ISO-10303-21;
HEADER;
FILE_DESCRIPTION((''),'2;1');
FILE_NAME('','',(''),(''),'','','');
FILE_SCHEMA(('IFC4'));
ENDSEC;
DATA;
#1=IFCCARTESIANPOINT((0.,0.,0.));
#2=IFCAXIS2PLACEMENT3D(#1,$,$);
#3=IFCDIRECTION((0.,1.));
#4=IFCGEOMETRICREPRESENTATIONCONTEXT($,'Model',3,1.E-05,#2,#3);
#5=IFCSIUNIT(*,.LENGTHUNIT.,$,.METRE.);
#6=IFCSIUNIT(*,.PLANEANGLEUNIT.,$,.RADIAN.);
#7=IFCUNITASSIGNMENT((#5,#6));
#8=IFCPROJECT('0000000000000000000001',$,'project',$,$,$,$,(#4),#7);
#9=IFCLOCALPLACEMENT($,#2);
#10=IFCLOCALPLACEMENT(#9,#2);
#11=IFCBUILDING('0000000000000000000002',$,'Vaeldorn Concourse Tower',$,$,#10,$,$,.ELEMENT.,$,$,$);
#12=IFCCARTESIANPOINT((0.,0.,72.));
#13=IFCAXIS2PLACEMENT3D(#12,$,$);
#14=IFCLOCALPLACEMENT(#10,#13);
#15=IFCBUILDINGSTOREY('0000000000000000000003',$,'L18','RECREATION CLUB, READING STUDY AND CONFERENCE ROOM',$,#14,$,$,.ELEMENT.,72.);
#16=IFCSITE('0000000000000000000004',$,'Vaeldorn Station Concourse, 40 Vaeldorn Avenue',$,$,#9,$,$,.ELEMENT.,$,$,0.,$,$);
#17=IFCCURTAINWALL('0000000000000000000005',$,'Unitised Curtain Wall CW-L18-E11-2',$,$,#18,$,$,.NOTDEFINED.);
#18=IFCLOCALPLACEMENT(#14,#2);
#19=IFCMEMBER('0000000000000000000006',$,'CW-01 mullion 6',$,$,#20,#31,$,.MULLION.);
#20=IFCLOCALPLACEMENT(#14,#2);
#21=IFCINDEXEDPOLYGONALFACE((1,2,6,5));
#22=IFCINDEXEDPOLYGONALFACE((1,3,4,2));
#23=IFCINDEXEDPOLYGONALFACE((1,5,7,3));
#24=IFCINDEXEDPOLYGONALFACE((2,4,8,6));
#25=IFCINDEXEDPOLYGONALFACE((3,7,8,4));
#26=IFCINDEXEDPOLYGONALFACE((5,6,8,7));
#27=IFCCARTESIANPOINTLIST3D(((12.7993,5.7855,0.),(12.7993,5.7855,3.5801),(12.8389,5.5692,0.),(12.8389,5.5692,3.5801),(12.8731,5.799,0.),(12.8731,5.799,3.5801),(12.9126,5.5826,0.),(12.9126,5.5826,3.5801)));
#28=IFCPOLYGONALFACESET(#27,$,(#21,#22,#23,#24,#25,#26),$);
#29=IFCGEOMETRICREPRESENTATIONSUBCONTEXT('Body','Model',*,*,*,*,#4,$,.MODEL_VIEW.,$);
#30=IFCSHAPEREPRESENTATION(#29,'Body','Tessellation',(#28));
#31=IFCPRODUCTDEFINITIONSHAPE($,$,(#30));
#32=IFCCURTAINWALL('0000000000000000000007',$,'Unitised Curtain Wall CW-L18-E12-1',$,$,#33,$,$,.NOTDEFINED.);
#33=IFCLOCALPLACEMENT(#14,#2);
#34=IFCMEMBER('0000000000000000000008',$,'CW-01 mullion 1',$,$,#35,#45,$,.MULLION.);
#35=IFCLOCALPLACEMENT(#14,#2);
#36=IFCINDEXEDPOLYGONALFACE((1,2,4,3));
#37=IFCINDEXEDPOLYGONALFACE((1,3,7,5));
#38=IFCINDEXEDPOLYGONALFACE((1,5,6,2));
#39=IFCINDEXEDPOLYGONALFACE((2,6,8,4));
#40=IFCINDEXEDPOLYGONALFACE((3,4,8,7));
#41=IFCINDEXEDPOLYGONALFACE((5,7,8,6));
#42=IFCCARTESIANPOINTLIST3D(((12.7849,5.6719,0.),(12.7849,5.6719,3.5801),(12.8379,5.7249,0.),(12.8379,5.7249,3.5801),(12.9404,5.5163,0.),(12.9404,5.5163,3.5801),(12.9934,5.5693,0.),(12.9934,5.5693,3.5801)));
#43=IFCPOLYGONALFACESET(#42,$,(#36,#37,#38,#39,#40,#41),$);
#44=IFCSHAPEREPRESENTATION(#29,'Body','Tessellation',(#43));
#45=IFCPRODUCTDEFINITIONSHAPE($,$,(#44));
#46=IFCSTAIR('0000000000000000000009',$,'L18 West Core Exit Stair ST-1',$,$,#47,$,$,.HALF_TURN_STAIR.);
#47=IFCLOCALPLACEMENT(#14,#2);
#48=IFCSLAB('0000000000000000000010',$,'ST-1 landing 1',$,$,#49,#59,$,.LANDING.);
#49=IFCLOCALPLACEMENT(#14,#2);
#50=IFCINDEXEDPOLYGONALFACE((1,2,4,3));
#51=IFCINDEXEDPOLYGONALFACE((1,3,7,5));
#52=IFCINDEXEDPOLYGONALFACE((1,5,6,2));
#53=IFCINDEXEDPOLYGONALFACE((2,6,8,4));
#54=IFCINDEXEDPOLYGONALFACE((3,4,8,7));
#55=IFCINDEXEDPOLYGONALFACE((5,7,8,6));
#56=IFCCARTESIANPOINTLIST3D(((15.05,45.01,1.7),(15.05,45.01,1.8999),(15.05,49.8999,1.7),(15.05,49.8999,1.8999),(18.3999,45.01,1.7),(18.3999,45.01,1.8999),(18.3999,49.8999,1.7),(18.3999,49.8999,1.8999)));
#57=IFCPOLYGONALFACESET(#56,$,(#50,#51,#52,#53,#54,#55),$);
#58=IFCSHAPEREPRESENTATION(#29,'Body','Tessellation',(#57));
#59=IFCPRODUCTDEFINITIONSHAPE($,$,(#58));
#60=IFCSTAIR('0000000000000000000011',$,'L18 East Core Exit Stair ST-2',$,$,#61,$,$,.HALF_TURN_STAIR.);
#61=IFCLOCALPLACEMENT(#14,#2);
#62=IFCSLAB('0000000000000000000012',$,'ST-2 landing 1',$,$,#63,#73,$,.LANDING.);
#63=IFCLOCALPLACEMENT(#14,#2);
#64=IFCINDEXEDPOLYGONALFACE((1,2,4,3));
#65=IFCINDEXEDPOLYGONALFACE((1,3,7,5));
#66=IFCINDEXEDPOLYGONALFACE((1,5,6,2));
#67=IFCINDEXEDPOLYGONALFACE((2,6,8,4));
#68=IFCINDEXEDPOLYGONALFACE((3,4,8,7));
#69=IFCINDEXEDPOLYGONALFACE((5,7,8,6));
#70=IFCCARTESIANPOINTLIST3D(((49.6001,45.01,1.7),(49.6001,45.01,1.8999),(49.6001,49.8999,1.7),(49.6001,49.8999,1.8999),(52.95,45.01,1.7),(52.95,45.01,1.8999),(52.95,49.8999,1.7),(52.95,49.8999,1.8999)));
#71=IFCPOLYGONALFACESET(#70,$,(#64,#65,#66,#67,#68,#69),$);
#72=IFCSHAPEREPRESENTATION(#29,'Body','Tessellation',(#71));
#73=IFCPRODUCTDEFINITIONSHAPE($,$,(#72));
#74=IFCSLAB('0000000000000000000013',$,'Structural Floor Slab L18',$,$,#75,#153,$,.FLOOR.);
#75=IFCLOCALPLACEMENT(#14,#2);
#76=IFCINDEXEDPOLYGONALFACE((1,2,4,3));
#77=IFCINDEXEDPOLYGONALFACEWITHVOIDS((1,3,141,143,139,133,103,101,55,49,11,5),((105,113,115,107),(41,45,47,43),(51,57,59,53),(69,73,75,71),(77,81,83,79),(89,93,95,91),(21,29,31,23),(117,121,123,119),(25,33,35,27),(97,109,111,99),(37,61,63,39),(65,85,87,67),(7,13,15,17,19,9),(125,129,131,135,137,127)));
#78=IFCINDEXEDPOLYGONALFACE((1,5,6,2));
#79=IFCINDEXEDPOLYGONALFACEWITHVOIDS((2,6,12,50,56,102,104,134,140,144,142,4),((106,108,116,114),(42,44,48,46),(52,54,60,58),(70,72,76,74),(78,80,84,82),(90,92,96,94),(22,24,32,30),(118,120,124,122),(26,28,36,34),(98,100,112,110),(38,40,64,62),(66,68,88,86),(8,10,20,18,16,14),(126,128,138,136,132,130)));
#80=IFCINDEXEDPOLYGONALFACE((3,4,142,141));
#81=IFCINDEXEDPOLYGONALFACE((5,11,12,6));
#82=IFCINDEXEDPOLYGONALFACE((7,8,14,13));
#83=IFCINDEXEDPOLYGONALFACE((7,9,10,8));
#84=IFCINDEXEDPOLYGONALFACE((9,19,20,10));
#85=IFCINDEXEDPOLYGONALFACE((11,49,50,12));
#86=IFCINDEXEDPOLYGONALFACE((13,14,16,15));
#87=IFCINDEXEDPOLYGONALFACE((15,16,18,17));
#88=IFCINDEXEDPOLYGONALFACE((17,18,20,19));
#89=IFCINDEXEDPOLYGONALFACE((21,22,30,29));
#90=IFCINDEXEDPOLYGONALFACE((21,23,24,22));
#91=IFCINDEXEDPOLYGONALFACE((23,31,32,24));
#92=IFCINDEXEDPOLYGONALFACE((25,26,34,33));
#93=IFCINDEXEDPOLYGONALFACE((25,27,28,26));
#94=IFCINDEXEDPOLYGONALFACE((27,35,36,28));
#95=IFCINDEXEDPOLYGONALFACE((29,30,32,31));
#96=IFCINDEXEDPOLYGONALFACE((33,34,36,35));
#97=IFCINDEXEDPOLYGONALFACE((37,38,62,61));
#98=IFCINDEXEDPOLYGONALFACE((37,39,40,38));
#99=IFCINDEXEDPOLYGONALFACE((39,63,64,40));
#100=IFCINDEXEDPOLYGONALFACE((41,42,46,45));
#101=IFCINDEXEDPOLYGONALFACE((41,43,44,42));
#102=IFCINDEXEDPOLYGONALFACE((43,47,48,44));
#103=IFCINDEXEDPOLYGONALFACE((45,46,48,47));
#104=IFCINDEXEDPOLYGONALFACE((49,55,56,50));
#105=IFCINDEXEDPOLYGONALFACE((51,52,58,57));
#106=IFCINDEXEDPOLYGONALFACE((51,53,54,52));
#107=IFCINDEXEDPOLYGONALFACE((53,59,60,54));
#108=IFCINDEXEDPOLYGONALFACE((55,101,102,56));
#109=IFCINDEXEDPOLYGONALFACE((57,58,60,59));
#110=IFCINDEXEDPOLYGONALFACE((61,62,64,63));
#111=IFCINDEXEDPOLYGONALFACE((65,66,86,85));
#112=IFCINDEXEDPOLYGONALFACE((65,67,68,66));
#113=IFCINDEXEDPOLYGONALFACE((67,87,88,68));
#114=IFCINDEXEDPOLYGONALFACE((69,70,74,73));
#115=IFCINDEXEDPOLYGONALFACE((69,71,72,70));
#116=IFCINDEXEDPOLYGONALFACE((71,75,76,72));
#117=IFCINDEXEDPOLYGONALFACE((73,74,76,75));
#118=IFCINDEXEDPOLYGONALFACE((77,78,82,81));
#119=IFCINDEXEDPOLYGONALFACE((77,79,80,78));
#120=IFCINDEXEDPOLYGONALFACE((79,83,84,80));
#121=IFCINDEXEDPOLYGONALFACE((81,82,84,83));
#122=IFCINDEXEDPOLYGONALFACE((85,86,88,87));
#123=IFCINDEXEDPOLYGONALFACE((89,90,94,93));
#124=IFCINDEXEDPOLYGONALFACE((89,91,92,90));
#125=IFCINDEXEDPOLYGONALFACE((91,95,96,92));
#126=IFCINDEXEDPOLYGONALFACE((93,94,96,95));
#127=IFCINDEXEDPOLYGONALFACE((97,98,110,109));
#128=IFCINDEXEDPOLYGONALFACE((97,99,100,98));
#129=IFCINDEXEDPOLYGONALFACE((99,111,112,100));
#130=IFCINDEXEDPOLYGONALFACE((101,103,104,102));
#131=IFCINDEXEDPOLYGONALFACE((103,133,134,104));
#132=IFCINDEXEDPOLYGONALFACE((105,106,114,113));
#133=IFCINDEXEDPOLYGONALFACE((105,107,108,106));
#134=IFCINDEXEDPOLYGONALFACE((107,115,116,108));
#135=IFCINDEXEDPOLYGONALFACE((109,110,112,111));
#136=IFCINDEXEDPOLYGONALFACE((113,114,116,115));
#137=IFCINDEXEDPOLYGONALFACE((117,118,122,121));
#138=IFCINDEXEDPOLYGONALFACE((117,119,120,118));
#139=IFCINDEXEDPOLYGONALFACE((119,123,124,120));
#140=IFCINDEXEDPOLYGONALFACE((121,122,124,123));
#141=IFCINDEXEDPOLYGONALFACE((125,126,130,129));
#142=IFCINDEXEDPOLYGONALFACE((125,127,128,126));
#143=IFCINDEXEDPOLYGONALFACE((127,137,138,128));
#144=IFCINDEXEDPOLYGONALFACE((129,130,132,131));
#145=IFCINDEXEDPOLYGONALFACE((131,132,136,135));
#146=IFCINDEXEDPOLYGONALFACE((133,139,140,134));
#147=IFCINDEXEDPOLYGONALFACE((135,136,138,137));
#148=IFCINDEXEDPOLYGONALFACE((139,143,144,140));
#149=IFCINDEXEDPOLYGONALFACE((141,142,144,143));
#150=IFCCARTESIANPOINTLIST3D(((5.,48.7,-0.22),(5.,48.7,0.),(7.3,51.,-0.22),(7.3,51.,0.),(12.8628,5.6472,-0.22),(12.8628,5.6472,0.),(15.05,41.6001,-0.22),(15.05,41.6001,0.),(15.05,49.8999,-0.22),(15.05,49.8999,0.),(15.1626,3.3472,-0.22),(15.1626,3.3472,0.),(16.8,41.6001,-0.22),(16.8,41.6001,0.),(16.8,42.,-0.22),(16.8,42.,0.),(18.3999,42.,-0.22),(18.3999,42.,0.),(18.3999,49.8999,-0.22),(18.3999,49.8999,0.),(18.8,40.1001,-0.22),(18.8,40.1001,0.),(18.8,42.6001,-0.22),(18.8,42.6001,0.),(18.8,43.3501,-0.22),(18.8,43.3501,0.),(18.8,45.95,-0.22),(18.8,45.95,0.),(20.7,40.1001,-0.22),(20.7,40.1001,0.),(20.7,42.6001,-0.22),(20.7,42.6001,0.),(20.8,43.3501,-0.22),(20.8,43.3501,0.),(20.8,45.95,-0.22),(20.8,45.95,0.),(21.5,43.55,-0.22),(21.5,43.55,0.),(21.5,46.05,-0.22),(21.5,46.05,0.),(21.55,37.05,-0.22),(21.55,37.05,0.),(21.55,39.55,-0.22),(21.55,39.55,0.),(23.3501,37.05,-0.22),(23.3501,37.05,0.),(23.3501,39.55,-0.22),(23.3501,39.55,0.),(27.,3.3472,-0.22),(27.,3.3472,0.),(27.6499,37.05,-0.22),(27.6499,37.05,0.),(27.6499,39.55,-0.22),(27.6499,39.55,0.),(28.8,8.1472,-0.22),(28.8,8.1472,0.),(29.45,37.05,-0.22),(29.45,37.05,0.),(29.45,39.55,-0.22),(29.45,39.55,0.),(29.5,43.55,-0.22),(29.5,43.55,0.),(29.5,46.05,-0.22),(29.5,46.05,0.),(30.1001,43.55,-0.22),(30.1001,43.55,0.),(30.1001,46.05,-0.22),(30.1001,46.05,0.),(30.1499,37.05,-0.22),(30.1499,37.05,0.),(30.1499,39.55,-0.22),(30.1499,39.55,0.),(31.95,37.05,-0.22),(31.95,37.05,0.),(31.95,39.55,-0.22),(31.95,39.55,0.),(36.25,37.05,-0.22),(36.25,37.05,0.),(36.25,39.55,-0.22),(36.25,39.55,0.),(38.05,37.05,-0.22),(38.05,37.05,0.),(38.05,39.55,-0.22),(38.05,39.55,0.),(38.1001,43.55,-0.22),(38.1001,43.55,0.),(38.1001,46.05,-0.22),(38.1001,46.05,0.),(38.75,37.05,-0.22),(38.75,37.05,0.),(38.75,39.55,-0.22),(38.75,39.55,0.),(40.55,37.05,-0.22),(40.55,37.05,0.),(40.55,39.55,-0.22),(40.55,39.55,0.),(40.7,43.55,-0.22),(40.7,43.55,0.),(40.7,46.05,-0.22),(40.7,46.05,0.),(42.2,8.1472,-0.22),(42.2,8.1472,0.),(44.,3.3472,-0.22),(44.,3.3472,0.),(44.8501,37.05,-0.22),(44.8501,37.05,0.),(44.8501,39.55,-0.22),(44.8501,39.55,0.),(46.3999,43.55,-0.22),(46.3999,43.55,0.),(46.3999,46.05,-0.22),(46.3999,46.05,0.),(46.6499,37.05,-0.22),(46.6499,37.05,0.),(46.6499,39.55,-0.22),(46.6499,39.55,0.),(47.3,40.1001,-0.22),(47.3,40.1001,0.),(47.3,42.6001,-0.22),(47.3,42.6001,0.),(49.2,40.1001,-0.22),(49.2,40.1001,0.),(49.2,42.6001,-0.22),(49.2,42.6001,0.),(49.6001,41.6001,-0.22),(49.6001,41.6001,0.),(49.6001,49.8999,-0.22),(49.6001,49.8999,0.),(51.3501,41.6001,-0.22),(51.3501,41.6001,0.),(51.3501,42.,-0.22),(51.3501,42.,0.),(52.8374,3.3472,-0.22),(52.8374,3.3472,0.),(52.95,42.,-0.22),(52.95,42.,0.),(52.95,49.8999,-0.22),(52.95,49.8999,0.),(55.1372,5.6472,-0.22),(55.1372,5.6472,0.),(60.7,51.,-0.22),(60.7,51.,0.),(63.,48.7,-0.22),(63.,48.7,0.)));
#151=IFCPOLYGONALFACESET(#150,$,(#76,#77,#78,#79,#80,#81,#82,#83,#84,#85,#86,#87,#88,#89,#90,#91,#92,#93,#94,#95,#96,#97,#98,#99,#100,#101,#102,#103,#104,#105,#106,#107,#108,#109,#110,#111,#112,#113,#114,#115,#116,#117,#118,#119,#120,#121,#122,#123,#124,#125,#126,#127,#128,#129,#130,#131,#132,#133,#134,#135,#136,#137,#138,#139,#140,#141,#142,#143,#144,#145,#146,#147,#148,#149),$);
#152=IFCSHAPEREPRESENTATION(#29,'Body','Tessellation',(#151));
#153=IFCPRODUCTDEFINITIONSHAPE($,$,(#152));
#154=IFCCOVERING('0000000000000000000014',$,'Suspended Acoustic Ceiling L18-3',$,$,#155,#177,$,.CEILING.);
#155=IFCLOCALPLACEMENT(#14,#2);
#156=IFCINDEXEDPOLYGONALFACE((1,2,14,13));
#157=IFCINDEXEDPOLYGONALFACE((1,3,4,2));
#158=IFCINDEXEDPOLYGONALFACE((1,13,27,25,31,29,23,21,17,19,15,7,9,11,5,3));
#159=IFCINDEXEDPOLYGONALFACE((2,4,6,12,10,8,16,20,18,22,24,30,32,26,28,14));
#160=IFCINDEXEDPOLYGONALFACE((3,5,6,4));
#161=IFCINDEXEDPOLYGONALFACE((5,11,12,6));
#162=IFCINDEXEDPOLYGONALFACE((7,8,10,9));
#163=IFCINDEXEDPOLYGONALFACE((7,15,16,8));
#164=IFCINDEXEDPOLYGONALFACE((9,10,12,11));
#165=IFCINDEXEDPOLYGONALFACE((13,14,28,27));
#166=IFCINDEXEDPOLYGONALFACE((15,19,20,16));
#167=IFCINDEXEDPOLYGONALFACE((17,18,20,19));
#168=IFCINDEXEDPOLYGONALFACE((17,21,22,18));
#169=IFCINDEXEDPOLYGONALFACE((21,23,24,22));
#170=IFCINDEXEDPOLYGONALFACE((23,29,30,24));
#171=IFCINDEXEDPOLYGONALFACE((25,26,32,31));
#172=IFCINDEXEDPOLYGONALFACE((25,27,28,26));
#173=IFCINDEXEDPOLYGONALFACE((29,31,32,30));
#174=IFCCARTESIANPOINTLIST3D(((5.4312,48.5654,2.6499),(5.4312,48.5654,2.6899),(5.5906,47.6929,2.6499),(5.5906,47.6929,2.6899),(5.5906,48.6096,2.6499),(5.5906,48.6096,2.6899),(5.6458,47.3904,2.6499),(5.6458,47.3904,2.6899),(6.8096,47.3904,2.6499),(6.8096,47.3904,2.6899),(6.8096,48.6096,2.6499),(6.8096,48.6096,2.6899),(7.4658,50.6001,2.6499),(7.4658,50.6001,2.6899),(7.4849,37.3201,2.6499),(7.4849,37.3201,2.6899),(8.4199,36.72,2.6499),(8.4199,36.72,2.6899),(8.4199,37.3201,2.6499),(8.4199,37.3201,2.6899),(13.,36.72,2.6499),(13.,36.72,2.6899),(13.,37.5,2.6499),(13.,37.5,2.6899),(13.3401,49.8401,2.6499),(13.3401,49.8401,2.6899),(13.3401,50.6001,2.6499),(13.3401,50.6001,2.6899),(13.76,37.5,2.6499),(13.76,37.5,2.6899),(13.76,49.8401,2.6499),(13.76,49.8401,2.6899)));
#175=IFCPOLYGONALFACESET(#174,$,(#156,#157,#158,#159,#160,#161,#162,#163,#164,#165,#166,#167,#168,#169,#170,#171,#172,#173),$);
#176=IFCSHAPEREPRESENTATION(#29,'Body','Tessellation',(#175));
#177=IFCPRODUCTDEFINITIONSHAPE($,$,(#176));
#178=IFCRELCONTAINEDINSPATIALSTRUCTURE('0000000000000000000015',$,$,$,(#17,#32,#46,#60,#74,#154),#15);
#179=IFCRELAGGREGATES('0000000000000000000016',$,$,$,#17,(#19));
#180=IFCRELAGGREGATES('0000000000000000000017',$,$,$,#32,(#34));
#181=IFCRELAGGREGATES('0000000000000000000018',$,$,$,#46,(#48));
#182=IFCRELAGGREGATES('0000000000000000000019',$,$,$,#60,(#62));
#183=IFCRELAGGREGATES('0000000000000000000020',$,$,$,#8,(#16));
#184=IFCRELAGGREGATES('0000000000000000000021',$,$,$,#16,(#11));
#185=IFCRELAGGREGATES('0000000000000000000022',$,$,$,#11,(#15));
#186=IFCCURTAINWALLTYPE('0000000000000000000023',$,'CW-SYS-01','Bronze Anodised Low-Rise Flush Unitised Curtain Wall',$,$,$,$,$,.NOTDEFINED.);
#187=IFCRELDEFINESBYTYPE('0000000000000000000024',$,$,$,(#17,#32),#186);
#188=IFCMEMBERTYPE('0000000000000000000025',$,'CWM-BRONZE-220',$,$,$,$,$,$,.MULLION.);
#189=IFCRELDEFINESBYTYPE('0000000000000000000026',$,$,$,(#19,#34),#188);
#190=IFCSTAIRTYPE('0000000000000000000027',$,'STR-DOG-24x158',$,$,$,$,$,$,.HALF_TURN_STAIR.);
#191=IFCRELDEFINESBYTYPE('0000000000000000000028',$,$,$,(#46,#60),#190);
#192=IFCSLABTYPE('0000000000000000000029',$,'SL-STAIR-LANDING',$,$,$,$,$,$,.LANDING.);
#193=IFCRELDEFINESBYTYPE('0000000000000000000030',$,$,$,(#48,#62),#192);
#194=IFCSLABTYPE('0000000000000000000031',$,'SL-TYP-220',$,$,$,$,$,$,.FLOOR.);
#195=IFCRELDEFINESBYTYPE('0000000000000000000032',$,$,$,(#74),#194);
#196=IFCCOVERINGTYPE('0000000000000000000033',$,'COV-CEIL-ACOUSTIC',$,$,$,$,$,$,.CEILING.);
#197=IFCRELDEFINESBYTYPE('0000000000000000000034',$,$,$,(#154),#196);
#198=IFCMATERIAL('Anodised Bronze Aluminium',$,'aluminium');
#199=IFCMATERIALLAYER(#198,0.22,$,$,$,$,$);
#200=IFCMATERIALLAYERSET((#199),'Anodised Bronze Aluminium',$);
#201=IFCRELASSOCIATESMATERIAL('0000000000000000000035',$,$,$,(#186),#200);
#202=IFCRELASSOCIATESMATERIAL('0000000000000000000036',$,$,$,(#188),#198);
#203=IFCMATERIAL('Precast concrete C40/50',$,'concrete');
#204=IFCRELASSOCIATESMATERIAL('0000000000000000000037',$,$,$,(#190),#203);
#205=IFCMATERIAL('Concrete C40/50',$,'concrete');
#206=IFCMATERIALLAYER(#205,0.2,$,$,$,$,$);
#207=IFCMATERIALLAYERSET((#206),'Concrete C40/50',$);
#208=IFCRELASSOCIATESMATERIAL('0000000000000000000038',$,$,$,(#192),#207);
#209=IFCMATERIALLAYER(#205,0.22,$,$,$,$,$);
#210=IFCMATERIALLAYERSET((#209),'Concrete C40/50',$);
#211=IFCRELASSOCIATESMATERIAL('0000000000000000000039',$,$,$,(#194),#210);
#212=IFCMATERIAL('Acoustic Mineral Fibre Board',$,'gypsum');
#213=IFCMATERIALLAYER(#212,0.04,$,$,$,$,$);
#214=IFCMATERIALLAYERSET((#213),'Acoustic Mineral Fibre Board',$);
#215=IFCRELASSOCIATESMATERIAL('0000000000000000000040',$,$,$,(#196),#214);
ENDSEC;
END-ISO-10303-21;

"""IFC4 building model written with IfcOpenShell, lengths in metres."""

from ifc_helpers import new_model, si_unit, direction, frame, origin, origin_2d, place, context, subcontext, project, spatial, polyline, rectangle, outline, extrude, source, transform, mapped, material, layer, layer_set, material_profile, profile_set, type_object, element, aggregate, save


model = new_model("IFC4")

# Units and contexts
model_context = context("Model", 3, precision=1e-05, world=origin(), true_north=direction((0.0, 1.0)))
body_context = subcontext(model_context, "Body", "Model", "MODEL_VIEW")
ifc_project = project(units=[si_unit("LENGTHUNIT", "METRE"), si_unit("PLANEANGLEUNIT", "RADIAN")], contexts=[model_context])

# Site, building, storey
site_placement = place(None, origin())
site = spatial("IfcSite", under=ifc_project, at=site_placement, Name="Vaeldorn Station Concourse, 40 Vaeldorn Avenue", CompositionType="ELEMENT", RefElevation=0.0)
building_placement = place(site_placement, origin())
building = spatial("IfcBuilding", under=site, at=building_placement, Name="Vaeldorn Concourse Tower", CompositionType="ELEMENT")
storey_placement = place(building_placement, frame((0.0, 0.0, 72.0)))
storey = spatial("IfcBuildingStorey", under=building, at=storey_placement, Name="L18", Description="RECREATION CLUB, READING STUDY AND CONFERENCE ROOM", CompositionType="ELEMENT", Elevation=72.0)

# Curtain walls, members
ifc_material_1 = material(Name="Anodised Bronze Aluminium", Category="aluminium")
ifc_layer_1 = layer(ifc_material_1, 0.22)
ifc_layer_set_1 = layer_set([ifc_layer_1], Name="Anodised Bronze Aluminium")
curtain_wall_type = type_object("IfcCurtainWallType", Name="CW-SYS-01", Description="Bronze Anodised Low-Rise Flush Unitised Curtain Wall", PredefinedType="NOTDEFINED", material=ifc_layer_set_1)
curtain_wall_1_placement = place(storey_placement, origin())
curtain_wall_1 = element("IfcCurtainWall", 1, at=curtain_wall_1_placement, inside=storey, type_object=curtain_wall_type, Name="Unitised Curtain Wall CW-L18-E11-2", PredefinedType="NOTDEFINED")
ifc_material_profile = material_profile(ifc_material_1, rectangle(XDim=0.075, YDim=0.22, at=origin_2d()), Name="CWM 75x220")
ifc_profile_set = profile_set([ifc_material_profile], Name="Anodised Bronze Aluminium")
member_type = type_object("IfcMemberType", Name="CWM-BRONZE-220", PredefinedType="MULLION", material=ifc_profile_set)
shared_shape = source(origin(), body_context, "Body", "SweptSolid", [
    extrude(rectangle(XDim=0.075, YDim=0.22, at=origin_2d()), origin(), (0.0, 0.0, 1.0), 3.5801),
])
member_1_placement = place(storey_placement, frame((12.856, 5.6841, 0.0), z_axis=(0.0, 0.0, 1.0), x_axis=(0.983729, 0.179658, 0.0)))
member_1 = element("IfcMember", 2, at=member_1_placement, type_object=member_type, Name="CW-01 mullion 6", PredefinedType="MULLION", context=body_context, shape_type="MappedRepresentation", body=[
    mapped(shared_shape, transform((0.0, 0.0, 0.0), scale=1.0)),
])
aggregate(curtain_wall_1, [member_1])
curtain_wall_2_placement = place(storey_placement, origin())
curtain_wall_2 = element("IfcCurtainWall", 3, at=curtain_wall_2_placement, inside=storey, type_object=curtain_wall_type, Name="Unitised Curtain Wall CW-L18-E12-1", PredefinedType="NOTDEFINED")
member_2_placement = place(storey_placement, frame((12.8892, 5.6206, 0.0), z_axis=(0.0, 0.0, 1.0), x_axis=(0.707107, 0.707107, 0.0)))
member_2 = element("IfcMember", 4, at=member_2_placement, type_object=member_type, Name="CW-01 mullion 1", PredefinedType="MULLION", context=body_context, shape_type="MappedRepresentation", body=[
    mapped(shared_shape, transform((0.0, 0.0, 0.0), scale=1.0)),
])
aggregate(curtain_wall_2, [member_2])

# Stairs, slabs
ifc_material_2 = material(Name="Precast concrete C40/50", Category="concrete")
stair_type = type_object("IfcStairType", Name="STR-DOG-24x158", PredefinedType="HALF_TURN_STAIR", material=ifc_material_2)
stair_1_placement = place(storey_placement, origin())
stair_1 = element("IfcStair", 5, at=stair_1_placement, inside=storey, type_object=stair_type, Name="L18 West Core Exit Stair ST-1", PredefinedType="HALF_TURN_STAIR")
ifc_material_3 = material(Name="Concrete C40/50", Category="concrete")
ifc_layer_2 = layer(ifc_material_3, 0.2)
ifc_layer_set_2 = layer_set([ifc_layer_2], Name="Concrete C40/50")
slab_type_1 = type_object("IfcSlabType", Name="SL-STAIR-LANDING", PredefinedType="LANDING", material=ifc_layer_set_2)
slab_1_placement = place(storey_placement, frame((0.0, 0.0, 1.7)))
slab_1 = element("IfcSlab", 6, at=slab_1_placement, type_object=slab_type_1, Name="ST-1 landing 1", PredefinedType="LANDING", context=body_context, shape_type="SweptSolid", body=[
    extrude(outline(polyline([(18.3999, 45.01), (18.3999, 49.8999), (15.05, 49.8999), (15.05, 45.01), (18.3999, 45.01)])), origin(), (0.0, 0.0, 1.0), 0.2),
])
aggregate(stair_1, [slab_1])
stair_2_placement = place(storey_placement, origin())
stair_2 = element("IfcStair", 7, at=stair_2_placement, inside=storey, type_object=stair_type, Name="L18 East Core Exit Stair ST-2", PredefinedType="HALF_TURN_STAIR")
slab_2_placement = place(storey_placement, frame((0.0, 0.0, 1.7)))
slab_2 = element("IfcSlab", 8, at=slab_2_placement, type_object=slab_type_1, Name="ST-2 landing 1", PredefinedType="LANDING", context=body_context, shape_type="SweptSolid", body=[
    extrude(outline(polyline([(52.95, 45.01), (52.95, 49.8999), (49.6001, 49.8999), (49.6001, 45.01), (52.95, 45.01)])), origin(), (0.0, 0.0, 1.0), 0.2),
])
aggregate(stair_2, [slab_2])

# Slab
ifc_layer_3 = layer(ifc_material_3, 0.22)
ifc_layer_set_3 = layer_set([ifc_layer_3], Name="Concrete C40/50")
slab_type_2 = type_object("IfcSlabType", Name="SL-TYP-220", PredefinedType="FLOOR", material=ifc_layer_set_3)
slab_3_placement = place(storey_placement, frame((0.0, 0.0, -0.22)))
element("IfcSlab", 9, at=slab_3_placement, inside=storey, type_object=slab_type_2, Name="Structural Floor Slab L18", PredefinedType="FLOOR", context=body_context, shape_type="SweptSolid", body=[
    extrude(outline(polyline([(15.1626, 3.3472), (27.0, 3.3472), (28.8, 8.1472), (42.2, 8.1472), (44.0, 3.3472), (52.8374, 3.3472), (55.1372, 5.6472), (63.0, 48.7), (60.7, 51.0), (7.3, 51.0), (5.0, 48.7), (12.8628, 5.6472), (15.1626, 3.3472)]), holes=[polyline([(18.3999, 42.0), (18.3999, 49.8999), (15.05, 49.8999), (15.05, 41.6001), (16.8, 41.6001), (16.8, 42.0), (18.3999, 42.0)]), polyline([(52.95, 42.0), (52.95, 49.8999), (49.6001, 49.8999), (49.6001, 41.6001), (51.3501, 41.6001), (51.3501, 42.0), (52.95, 42.0)]), polyline([(21.55, 37.05), (23.3501, 37.05), (23.3501, 39.55), (21.55, 39.55), (21.55, 37.05)]), polyline([(27.6499, 37.05), (29.45, 37.05), (29.45, 39.55), (27.6499, 39.55), (27.6499, 37.05)]), polyline([(21.5, 43.55), (29.5, 43.55), (29.5, 46.05), (21.5, 46.05), (21.5, 43.55)]), polyline([(30.1499, 37.05), (31.95, 37.05), (31.95, 39.55), (30.1499, 39.55), (30.1499, 37.05)]), polyline([(36.25, 37.05), (38.05, 37.05), (38.05, 39.55), (36.25, 39.55), (36.25, 37.05)]), polyline([(30.1001, 43.55), (38.1001, 43.55), (38.1001, 46.05), (30.1001, 46.05), (30.1001, 43.55)]), polyline([(38.75, 37.05), (40.55, 37.05), (40.55, 39.55), (38.75, 39.55), (38.75, 37.05)]), polyline([(44.8501, 37.05), (46.6499, 37.05), (46.6499, 39.55), (44.8501, 39.55), (44.8501, 37.05)]), polyline([(40.7, 43.55), (46.3999, 43.55), (46.3999, 46.05), (40.7, 46.05), (40.7, 43.55)]), polyline([(18.8, 43.3501), (20.8, 43.3501), (20.8, 45.95), (18.8, 45.95), (18.8, 43.3501)]), polyline([(18.8, 40.1001), (20.7, 40.1001), (20.7, 42.6001), (18.8, 42.6001), (18.8, 40.1001)]), polyline([(47.3, 40.1001), (49.2, 40.1001), (49.2, 42.6001), (47.3, 42.6001), (47.3, 40.1001)])]), origin(), (0.0, 0.0, 1.0), 0.22),
])

# Covering
ifc_material_4 = material(Name="Acoustic Mineral Fibre Board", Category="gypsum")
ifc_layer_4 = layer(ifc_material_4, 0.04)
ifc_layer_set_4 = layer_set([ifc_layer_4], Name="Acoustic Mineral Fibre Board")
covering_type_1 = type_object("IfcCoveringType", Name="COV-CEIL-ACOUSTIC", PredefinedType="CEILING", material=ifc_layer_set_4)
covering_1_placement = place(storey_placement, frame((0.0, 0.0, 2.6499)))
element("IfcCovering", 10, at=covering_1_placement, inside=storey, type_object=covering_type_1, Name="Suspended Acoustic Ceiling L18-3", PredefinedType="CEILING", context=body_context, shape_type="SweptSolid", body=[
    extrude(outline(polyline([(7.4658, 50.6001), (13.3401, 50.6001), (13.3401, 49.8401), (13.76, 49.8401), (13.76, 37.5), (13.0, 37.5), (13.0, 36.72), (8.4199, 36.72), (8.4199, 37.3201), (7.4849, 37.3201), (5.6458, 47.3904), (6.8096, 47.3904), (6.8096, 48.6096), (5.5906, 48.6096), (5.5906, 47.6929), (5.4312, 48.5654), (7.4658, 50.6001)])), origin(), (0.0, 0.0, 1.0), 0.04),
])

save(model, "model.ifc")
